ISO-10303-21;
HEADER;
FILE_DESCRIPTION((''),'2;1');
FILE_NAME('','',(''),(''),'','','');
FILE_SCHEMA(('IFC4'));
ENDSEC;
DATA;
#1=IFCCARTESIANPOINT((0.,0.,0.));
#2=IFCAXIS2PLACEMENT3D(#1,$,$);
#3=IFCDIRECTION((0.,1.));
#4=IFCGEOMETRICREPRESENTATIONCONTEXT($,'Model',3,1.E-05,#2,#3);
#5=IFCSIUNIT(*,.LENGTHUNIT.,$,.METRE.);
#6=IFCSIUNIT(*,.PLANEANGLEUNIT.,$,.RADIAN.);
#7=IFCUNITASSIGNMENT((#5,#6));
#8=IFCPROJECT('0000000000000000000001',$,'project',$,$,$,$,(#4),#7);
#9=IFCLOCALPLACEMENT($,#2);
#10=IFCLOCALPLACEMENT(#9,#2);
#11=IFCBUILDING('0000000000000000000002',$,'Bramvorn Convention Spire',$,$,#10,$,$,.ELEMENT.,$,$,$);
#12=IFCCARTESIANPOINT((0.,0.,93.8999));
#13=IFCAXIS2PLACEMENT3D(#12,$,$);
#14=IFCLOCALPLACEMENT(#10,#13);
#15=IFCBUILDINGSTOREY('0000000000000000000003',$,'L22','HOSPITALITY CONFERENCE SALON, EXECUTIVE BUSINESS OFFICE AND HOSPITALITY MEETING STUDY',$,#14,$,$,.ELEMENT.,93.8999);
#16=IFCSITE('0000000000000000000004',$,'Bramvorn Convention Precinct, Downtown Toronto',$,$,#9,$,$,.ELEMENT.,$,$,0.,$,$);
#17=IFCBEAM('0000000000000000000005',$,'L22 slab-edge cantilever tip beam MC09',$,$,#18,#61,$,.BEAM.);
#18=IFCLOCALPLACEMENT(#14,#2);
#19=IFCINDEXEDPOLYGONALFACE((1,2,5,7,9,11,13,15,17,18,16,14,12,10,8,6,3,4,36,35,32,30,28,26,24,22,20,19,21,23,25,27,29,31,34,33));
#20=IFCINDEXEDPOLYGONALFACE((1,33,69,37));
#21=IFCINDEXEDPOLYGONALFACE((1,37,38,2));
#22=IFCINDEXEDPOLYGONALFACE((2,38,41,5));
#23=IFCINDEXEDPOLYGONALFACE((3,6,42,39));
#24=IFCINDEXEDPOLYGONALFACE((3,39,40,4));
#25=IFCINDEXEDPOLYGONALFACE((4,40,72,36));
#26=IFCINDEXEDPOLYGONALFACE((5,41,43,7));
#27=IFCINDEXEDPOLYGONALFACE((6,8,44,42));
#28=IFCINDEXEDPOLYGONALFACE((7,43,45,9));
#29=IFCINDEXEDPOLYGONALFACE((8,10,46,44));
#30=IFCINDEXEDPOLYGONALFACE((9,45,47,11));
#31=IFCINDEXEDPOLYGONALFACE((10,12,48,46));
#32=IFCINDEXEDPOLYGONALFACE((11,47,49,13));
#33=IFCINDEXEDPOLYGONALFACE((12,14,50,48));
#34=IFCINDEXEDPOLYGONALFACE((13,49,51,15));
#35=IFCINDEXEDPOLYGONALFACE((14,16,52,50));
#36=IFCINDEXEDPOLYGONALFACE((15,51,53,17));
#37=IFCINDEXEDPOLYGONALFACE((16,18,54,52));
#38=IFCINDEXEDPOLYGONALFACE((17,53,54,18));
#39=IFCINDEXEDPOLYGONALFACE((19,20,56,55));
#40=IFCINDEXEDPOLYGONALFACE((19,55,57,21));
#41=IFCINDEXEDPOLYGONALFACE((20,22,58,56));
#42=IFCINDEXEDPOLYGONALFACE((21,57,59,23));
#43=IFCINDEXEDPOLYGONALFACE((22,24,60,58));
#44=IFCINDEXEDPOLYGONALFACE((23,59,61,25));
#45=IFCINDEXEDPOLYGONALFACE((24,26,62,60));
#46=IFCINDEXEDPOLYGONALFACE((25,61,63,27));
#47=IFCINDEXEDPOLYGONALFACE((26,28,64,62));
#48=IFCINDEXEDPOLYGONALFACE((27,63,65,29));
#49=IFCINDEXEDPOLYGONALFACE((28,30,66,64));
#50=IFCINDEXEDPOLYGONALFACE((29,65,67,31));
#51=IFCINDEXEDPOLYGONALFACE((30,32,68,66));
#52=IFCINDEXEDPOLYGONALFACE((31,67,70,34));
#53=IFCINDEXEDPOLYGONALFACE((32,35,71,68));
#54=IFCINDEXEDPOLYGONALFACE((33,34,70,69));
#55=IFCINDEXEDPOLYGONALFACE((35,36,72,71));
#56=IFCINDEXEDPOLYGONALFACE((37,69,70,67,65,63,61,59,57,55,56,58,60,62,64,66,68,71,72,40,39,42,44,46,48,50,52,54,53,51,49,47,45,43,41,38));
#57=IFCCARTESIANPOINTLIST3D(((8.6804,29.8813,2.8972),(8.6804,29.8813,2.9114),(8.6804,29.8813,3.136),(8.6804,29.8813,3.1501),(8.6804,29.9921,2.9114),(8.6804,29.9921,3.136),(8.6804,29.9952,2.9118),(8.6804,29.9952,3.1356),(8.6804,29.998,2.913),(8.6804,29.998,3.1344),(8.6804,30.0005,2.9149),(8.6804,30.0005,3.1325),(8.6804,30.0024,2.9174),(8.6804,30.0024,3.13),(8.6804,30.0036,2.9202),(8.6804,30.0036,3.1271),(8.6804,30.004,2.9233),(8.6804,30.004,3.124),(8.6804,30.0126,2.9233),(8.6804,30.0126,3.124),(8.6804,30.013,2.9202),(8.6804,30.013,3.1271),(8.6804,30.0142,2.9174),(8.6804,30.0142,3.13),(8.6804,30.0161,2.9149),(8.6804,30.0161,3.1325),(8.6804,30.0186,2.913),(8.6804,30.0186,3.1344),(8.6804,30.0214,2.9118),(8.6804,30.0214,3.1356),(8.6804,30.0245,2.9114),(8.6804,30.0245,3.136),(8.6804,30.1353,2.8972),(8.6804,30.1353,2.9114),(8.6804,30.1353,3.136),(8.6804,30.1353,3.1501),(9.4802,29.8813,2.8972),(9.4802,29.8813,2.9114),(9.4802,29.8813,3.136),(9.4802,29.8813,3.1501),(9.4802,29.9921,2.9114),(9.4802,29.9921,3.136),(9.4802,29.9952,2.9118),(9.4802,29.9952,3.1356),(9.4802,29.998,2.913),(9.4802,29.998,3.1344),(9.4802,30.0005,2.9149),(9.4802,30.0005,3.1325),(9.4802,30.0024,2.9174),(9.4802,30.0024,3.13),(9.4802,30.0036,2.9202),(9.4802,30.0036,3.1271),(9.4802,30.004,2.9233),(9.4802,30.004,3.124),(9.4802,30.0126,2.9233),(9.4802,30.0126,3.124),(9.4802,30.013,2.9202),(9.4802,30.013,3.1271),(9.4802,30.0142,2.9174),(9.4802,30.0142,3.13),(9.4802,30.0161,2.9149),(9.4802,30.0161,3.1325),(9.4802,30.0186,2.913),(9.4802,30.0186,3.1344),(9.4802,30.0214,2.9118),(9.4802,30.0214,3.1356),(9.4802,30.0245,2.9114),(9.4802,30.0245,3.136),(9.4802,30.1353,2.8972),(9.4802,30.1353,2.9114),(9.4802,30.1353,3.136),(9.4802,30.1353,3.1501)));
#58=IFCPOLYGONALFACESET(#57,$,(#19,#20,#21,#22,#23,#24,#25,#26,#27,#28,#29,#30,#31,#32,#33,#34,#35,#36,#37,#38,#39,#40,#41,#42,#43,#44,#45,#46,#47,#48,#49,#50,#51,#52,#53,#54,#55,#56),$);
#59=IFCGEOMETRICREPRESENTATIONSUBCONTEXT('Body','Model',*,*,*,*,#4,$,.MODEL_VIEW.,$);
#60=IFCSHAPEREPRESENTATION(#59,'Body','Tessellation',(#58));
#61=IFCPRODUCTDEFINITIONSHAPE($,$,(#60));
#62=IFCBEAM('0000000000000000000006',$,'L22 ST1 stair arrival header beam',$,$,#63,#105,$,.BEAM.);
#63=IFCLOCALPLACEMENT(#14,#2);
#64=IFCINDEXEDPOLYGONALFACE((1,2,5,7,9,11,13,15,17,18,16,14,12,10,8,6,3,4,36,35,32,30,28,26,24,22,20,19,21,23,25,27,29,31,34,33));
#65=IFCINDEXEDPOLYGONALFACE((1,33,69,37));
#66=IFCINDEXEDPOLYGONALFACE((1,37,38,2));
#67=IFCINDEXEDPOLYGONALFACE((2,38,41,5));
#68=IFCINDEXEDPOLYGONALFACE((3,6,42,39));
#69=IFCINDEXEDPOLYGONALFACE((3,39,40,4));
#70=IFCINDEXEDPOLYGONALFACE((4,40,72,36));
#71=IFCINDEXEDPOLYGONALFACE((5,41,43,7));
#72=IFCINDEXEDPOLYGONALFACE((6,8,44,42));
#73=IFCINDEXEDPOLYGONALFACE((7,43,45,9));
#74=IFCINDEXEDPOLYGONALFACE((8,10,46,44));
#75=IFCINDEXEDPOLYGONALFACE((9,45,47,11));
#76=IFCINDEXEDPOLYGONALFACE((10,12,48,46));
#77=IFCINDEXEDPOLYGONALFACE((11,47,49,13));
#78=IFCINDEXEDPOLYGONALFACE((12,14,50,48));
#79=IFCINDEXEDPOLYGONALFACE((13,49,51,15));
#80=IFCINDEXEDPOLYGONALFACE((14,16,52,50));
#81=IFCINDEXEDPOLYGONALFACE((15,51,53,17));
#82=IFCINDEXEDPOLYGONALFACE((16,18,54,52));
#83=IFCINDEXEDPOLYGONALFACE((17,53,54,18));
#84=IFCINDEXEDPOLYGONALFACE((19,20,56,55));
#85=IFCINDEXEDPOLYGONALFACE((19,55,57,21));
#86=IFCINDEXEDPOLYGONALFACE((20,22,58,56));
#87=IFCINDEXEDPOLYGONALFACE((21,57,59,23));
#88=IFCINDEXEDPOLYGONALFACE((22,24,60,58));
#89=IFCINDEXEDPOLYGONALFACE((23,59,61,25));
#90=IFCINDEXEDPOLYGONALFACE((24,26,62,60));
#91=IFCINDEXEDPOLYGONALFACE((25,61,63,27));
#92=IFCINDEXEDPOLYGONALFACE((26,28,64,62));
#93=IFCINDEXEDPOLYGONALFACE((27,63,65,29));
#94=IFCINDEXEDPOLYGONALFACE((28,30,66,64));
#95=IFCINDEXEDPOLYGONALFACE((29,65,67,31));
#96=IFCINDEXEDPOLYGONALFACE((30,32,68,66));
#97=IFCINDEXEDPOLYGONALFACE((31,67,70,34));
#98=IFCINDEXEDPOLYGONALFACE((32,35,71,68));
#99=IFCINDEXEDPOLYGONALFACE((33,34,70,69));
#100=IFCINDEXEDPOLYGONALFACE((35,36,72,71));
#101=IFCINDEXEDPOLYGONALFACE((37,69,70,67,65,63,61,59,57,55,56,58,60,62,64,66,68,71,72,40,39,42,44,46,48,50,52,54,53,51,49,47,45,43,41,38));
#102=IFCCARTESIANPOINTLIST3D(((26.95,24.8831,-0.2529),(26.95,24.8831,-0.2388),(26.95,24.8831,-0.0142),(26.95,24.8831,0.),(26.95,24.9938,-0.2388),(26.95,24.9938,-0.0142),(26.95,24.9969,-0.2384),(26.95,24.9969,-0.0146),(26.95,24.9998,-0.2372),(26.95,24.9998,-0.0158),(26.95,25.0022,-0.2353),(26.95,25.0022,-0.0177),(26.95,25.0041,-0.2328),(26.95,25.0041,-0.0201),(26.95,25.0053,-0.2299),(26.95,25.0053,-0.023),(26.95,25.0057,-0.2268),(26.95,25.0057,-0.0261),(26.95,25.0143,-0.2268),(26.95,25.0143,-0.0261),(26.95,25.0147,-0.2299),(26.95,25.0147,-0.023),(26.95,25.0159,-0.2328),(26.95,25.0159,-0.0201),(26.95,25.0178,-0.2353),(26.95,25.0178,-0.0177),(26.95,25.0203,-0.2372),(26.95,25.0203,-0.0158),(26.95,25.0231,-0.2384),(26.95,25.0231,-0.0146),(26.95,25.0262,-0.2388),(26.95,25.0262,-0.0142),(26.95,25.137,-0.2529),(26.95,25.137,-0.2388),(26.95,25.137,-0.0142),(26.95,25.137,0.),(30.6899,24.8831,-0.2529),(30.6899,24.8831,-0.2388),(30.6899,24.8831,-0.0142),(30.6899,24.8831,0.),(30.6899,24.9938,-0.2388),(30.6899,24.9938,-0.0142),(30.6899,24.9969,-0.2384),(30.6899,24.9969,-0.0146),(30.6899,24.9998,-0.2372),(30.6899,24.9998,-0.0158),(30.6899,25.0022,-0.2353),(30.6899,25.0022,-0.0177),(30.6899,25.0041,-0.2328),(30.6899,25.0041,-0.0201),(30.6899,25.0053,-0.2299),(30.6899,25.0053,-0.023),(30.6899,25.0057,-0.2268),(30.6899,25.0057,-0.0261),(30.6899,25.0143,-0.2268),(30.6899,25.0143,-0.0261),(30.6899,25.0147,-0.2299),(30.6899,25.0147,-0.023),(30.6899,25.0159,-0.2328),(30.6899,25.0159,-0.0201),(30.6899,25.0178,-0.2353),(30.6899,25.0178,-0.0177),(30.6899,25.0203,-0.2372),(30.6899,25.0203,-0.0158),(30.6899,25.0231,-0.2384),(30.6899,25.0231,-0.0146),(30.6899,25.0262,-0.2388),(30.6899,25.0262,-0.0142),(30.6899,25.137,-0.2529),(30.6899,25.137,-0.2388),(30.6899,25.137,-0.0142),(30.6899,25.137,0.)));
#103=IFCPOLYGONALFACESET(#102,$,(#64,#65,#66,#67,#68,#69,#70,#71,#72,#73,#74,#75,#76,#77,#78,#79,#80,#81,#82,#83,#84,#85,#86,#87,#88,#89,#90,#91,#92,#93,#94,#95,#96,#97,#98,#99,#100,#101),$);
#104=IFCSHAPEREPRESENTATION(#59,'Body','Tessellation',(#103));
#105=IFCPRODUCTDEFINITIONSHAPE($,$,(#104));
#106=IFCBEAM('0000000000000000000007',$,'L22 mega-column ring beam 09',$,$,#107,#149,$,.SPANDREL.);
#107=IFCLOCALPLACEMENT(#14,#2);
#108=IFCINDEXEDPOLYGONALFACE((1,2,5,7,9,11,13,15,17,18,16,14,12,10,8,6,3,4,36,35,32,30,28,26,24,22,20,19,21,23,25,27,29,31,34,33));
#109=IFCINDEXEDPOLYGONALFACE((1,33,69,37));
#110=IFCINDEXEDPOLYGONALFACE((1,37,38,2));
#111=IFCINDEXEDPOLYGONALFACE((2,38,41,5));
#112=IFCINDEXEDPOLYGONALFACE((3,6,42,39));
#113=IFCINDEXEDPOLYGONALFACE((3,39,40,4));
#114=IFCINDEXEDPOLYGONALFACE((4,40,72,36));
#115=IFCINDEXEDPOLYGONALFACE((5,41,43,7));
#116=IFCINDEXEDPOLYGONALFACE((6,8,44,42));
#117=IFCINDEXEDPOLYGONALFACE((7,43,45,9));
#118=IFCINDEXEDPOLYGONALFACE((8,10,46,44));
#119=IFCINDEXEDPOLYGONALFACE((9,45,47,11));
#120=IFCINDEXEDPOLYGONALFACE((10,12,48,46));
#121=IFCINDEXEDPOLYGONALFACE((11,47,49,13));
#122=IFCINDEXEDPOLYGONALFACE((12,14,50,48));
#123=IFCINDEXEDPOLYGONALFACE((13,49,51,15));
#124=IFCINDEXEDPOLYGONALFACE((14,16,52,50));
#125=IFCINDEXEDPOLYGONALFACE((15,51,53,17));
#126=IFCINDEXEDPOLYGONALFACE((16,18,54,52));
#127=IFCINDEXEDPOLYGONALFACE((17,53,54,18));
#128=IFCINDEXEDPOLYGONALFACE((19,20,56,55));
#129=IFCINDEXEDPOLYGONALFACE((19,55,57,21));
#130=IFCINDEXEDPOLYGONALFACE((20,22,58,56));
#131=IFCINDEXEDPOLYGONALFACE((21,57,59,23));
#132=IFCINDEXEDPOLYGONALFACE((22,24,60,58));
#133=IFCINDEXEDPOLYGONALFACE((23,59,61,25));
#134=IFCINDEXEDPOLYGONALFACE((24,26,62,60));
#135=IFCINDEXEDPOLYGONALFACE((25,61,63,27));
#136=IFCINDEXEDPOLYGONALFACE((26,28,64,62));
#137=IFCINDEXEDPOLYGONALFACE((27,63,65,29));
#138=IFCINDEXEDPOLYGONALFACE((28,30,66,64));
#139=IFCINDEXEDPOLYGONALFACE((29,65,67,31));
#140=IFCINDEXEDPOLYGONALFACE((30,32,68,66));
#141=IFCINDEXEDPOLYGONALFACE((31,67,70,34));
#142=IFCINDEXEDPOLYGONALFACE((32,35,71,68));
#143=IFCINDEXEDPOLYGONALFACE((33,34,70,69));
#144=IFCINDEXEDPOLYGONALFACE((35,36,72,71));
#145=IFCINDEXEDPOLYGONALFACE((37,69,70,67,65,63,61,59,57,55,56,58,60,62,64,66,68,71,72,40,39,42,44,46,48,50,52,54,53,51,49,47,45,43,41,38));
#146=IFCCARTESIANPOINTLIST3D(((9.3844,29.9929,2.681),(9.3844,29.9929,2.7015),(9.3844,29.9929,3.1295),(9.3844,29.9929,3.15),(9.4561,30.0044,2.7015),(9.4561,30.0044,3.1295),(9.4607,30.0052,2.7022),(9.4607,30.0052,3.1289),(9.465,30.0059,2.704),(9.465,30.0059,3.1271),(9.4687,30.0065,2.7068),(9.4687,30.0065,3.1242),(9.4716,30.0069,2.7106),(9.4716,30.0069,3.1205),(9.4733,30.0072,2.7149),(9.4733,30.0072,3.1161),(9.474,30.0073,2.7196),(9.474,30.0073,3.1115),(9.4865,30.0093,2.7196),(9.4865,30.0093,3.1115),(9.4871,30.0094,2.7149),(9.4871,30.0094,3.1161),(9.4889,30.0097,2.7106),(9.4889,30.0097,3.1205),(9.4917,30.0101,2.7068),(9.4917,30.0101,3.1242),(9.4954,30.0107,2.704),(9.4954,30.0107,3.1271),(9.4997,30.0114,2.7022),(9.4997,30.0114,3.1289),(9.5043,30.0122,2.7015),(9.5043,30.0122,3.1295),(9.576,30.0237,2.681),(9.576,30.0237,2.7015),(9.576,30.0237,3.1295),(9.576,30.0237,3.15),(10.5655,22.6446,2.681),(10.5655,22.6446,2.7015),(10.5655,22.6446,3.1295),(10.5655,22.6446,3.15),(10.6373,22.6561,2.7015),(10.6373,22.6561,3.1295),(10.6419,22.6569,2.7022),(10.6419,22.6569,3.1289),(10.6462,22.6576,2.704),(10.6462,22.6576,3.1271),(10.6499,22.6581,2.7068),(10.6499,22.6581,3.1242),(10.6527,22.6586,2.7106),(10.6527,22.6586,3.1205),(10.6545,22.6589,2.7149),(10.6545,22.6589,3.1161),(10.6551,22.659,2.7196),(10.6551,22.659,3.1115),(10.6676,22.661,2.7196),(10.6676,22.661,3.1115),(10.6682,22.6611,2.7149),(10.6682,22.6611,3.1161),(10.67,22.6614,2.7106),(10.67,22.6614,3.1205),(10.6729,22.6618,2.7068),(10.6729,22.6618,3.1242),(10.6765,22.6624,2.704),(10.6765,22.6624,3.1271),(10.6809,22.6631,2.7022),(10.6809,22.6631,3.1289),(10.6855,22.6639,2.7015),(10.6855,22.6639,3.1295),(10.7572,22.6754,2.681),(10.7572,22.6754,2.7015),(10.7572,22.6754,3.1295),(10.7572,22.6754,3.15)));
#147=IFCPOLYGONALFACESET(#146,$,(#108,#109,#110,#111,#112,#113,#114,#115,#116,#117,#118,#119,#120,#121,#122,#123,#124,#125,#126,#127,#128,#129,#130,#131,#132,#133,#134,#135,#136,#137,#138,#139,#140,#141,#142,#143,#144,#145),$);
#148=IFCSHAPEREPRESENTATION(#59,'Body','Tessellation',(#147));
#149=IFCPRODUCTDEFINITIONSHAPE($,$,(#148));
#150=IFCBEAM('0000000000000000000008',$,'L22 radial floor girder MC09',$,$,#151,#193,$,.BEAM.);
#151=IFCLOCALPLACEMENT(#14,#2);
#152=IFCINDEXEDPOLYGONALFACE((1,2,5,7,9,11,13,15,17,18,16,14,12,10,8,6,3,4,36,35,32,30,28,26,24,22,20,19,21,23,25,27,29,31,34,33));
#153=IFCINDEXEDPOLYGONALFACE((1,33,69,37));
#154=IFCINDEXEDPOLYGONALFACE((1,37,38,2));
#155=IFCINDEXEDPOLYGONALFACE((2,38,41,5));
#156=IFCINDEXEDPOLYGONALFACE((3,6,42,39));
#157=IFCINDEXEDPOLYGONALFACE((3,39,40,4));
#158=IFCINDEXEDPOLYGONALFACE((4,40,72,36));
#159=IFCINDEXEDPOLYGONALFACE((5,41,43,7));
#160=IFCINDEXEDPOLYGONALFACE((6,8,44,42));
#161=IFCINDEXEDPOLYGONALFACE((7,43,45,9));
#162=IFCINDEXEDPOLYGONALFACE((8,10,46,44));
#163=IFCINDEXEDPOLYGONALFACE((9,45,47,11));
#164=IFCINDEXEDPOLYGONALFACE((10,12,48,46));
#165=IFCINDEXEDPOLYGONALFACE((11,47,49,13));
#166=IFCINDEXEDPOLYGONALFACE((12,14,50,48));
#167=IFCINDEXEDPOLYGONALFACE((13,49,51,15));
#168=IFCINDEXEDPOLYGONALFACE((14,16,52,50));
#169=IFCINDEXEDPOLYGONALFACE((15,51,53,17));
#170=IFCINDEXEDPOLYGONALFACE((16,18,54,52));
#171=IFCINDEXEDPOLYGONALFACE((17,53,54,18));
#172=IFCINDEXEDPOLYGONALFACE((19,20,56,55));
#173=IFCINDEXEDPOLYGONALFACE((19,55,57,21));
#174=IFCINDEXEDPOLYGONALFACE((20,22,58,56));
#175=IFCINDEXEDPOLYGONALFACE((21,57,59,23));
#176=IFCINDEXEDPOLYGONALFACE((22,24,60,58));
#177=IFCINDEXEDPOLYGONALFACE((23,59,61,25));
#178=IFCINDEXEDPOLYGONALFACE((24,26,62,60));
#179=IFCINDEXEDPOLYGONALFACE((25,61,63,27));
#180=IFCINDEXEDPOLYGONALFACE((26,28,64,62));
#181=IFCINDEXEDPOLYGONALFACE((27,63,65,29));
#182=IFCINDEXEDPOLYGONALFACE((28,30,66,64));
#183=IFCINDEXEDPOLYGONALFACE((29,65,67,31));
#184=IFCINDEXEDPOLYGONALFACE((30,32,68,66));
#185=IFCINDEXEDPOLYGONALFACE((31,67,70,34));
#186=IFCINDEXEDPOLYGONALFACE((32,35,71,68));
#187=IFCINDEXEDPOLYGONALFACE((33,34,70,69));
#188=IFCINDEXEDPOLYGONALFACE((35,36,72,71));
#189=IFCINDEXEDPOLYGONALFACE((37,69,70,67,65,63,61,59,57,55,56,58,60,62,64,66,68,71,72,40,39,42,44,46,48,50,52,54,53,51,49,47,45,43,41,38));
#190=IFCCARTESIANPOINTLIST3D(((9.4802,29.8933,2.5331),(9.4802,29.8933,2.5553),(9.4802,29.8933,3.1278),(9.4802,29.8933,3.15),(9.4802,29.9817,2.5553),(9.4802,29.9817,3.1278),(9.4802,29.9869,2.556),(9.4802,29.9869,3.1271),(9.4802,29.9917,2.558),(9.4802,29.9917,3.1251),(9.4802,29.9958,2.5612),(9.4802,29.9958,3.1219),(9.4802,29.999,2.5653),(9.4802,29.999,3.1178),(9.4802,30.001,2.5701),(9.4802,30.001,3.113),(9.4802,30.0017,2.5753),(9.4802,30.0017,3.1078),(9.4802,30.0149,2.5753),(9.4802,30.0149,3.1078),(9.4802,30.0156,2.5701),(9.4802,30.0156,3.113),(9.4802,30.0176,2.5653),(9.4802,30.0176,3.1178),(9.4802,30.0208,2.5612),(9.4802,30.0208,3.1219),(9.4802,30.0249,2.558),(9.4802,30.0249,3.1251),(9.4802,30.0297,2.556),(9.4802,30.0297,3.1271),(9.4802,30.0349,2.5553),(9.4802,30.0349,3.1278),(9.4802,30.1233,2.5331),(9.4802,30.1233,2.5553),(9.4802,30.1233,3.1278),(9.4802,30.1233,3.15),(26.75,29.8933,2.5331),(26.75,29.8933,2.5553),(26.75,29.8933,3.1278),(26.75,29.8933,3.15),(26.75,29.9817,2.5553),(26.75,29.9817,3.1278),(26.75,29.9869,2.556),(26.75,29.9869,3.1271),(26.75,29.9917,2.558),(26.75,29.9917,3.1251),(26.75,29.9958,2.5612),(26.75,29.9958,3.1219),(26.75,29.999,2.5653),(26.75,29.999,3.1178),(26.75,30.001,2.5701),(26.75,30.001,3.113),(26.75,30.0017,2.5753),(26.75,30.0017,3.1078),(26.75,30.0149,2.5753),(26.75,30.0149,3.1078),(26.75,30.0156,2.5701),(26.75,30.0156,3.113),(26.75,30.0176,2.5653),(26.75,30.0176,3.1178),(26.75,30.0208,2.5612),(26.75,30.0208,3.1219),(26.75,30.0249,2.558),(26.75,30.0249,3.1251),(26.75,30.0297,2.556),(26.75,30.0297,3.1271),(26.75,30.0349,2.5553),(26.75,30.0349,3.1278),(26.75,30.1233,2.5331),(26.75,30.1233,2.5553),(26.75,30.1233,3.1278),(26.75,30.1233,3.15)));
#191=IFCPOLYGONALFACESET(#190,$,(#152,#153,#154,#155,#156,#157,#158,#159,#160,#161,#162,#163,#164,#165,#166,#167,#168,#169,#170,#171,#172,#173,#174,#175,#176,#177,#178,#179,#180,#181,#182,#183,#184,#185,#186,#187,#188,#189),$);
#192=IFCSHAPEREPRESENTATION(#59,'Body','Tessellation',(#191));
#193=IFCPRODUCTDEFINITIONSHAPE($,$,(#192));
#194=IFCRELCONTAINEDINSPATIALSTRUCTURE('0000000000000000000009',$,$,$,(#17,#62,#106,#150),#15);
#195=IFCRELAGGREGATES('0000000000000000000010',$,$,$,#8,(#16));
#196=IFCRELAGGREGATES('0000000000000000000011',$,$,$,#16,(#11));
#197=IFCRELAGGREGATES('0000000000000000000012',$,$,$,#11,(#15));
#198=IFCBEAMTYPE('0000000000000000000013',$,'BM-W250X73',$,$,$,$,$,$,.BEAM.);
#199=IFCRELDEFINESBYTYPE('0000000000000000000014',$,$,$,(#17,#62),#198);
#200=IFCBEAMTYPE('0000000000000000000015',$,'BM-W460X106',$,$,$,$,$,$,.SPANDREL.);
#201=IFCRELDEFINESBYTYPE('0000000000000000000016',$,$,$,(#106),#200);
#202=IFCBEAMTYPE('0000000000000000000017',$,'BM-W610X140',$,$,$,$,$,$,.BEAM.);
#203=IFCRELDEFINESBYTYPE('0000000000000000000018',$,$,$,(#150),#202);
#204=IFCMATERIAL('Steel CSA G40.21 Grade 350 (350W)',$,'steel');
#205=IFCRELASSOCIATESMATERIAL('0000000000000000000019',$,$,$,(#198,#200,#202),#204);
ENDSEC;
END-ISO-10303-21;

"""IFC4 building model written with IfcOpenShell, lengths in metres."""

from ifc_helpers import new_model, si_unit, direction, frame, origin, origin_2d, place, context, subcontext, project, spatial, i_section, extrude, material, material_profile, profile_set, type_object, element, save


model = new_model("IFC4")

# Units and contexts
model_context = context("Model", 3, precision=1e-05, world=origin(), true_north=direction((0.0, 1.0)))
body_context = subcontext(model_context, "Body", "Model", "MODEL_VIEW")
ifc_project = project(units=[si_unit("LENGTHUNIT", "METRE"), si_unit("PLANEANGLEUNIT", "RADIAN")], contexts=[model_context])

# Site, building, storey
site_placement = place(None, origin())
site = spatial("IfcSite", under=ifc_project, at=site_placement, Name="Bramvorn Convention Precinct, Downtown Toronto", CompositionType="ELEMENT", RefElevation=0.0)
building_placement = place(site_placement, origin())
building = spatial("IfcBuilding", under=site, at=building_placement, Name="Bramvorn Convention Spire", CompositionType="ELEMENT")
storey_placement = place(building_placement, frame((0.0, 0.0, 93.8999)))
storey = spatial("IfcBuildingStorey", under=building, at=storey_placement, Name="L22", Description="HOSPITALITY CONFERENCE SALON, EXECUTIVE BUSINESS OFFICE AND HOSPITALITY MEETING STUDY", CompositionType="ELEMENT", Elevation=93.8999)

# Shared definitions
ifc_material_1 = material(Name="Steel CSA G40.21 Grade 350 (350W)", Category="steel")

# Beams
ifc_material_profile_1 = material_profile(ifc_material_1, i_section(OverallWidth=0.2539, OverallDepth=0.2529, WebThickness=0.0085, FlangeThickness=0.0142, FilletRadius=0.012, at=origin_2d()))
ifc_profile_set_1 = profile_set([ifc_material_profile_1], Name="Steel CSA G40.21 Grade 350 (350W) - W250X73")
beam_type_1 = type_object("IfcBeamType", Name="BM-W250X73", PredefinedType="BEAM", material=ifc_profile_set_1)
beam_1_placement = place(storey_placement, frame((9.4802, 30.0083, 3.0237), z_axis=(-1.0, 0.0, 0.0), x_axis=(0.0, -1.0, 0.0)))
element("IfcBeam", 1, at=beam_1_placement, inside=storey, type_object=beam_type_1, Name="L22 slab-edge cantilever tip beam MC09", PredefinedType="BEAM", context=body_context, shape_type="SweptSolid", body=[
    extrude(i_section(OverallWidth=0.2539, OverallDepth=0.2529, WebThickness=0.0085, FlangeThickness=0.0142, FilletRadius=0.012, at=origin_2d()), origin(), (0.0, 0.0, 1.0), 0.7998),
])
beam_2_placement = place(storey_placement, frame((26.95, 25.01, -0.1265), z_axis=(1.0, 0.0, 0.0), x_axis=(0.0, 1.0, 0.0)))
element("IfcBeam", 2, at=beam_2_placement, inside=storey, type_object=beam_type_1, Name="L22 ST1 stair arrival header beam", PredefinedType="BEAM", context=body_context, shape_type="SweptSolid", body=[
    extrude(i_section(OverallWidth=0.2539, OverallDepth=0.2529, WebThickness=0.0085, FlangeThickness=0.0142, FilletRadius=0.012, at=origin_2d()), origin(), (0.0, 0.0, 1.0), 3.74),
])
ifc_material_profile_2 = material_profile(ifc_material_1, i_section(OverallWidth=0.1941, OverallDepth=0.469, WebThickness=0.0127, FlangeThickness=0.0205, FilletRadius=0.0181, at=origin_2d()))
ifc_profile_set_2 = profile_set([ifc_material_profile_2], Name="Steel CSA G40.21 Grade 350 (350W) - W460X106")
beam_type_2 = type_object("IfcBeamType", Name="BM-W460X106", PredefinedType="SPANDREL", material=ifc_profile_set_2)
beam_3_placement = place(storey_placement, frame((9.4802, 30.0083, 2.9155), z_axis=(0.158699, -0.987327, 0.0), x_axis=(0.987327, 0.158699, 0.0)))
element("IfcBeam", 3, at=beam_3_placement, inside=storey, type_object=beam_type_2, Name="L22 mega-column ring beam 09", PredefinedType="SPANDREL", context=body_context, shape_type="SweptSolid", body=[
    extrude(i_section(OverallWidth=0.1941, OverallDepth=0.469, WebThickness=0.0127, FlangeThickness=0.0205, FilletRadius=0.0181, at=origin_2d()), origin(), (0.0, 0.0, 1.0), 7.4426),
])
ifc_material_profile_3 = material_profile(ifc_material_1, i_section(OverallWidth=0.23, OverallDepth=0.6169, WebThickness=0.0132, FlangeThickness=0.0222, FilletRadius=0.02, at=origin_2d()))
ifc_profile_set_3 = profile_set([ifc_material_profile_3], Name="Steel CSA G40.21 Grade 350 (350W) - W610X140")
beam_type_3 = type_object("IfcBeamType", Name="BM-W610X140", PredefinedType="BEAM", material=ifc_profile_set_3)
beam_4_placement = place(storey_placement, frame((26.75, 30.0083, 2.8416), z_axis=(-1.0, 0.0, 0.0), x_axis=(0.0, -1.0, 0.0)))
element("IfcBeam", 4, at=beam_4_placement, inside=storey, type_object=beam_type_3, Name="L22 radial floor girder MC09", PredefinedType="BEAM", context=body_context, shape_type="SweptSolid", body=[
    extrude(i_section(OverallWidth=0.23, OverallDepth=0.6169, WebThickness=0.0132, FlangeThickness=0.0222, FilletRadius=0.02, at=origin_2d()), origin(), (0.0, 0.0, 1.0), 17.2698),
])

save(model, "model.ifc")
